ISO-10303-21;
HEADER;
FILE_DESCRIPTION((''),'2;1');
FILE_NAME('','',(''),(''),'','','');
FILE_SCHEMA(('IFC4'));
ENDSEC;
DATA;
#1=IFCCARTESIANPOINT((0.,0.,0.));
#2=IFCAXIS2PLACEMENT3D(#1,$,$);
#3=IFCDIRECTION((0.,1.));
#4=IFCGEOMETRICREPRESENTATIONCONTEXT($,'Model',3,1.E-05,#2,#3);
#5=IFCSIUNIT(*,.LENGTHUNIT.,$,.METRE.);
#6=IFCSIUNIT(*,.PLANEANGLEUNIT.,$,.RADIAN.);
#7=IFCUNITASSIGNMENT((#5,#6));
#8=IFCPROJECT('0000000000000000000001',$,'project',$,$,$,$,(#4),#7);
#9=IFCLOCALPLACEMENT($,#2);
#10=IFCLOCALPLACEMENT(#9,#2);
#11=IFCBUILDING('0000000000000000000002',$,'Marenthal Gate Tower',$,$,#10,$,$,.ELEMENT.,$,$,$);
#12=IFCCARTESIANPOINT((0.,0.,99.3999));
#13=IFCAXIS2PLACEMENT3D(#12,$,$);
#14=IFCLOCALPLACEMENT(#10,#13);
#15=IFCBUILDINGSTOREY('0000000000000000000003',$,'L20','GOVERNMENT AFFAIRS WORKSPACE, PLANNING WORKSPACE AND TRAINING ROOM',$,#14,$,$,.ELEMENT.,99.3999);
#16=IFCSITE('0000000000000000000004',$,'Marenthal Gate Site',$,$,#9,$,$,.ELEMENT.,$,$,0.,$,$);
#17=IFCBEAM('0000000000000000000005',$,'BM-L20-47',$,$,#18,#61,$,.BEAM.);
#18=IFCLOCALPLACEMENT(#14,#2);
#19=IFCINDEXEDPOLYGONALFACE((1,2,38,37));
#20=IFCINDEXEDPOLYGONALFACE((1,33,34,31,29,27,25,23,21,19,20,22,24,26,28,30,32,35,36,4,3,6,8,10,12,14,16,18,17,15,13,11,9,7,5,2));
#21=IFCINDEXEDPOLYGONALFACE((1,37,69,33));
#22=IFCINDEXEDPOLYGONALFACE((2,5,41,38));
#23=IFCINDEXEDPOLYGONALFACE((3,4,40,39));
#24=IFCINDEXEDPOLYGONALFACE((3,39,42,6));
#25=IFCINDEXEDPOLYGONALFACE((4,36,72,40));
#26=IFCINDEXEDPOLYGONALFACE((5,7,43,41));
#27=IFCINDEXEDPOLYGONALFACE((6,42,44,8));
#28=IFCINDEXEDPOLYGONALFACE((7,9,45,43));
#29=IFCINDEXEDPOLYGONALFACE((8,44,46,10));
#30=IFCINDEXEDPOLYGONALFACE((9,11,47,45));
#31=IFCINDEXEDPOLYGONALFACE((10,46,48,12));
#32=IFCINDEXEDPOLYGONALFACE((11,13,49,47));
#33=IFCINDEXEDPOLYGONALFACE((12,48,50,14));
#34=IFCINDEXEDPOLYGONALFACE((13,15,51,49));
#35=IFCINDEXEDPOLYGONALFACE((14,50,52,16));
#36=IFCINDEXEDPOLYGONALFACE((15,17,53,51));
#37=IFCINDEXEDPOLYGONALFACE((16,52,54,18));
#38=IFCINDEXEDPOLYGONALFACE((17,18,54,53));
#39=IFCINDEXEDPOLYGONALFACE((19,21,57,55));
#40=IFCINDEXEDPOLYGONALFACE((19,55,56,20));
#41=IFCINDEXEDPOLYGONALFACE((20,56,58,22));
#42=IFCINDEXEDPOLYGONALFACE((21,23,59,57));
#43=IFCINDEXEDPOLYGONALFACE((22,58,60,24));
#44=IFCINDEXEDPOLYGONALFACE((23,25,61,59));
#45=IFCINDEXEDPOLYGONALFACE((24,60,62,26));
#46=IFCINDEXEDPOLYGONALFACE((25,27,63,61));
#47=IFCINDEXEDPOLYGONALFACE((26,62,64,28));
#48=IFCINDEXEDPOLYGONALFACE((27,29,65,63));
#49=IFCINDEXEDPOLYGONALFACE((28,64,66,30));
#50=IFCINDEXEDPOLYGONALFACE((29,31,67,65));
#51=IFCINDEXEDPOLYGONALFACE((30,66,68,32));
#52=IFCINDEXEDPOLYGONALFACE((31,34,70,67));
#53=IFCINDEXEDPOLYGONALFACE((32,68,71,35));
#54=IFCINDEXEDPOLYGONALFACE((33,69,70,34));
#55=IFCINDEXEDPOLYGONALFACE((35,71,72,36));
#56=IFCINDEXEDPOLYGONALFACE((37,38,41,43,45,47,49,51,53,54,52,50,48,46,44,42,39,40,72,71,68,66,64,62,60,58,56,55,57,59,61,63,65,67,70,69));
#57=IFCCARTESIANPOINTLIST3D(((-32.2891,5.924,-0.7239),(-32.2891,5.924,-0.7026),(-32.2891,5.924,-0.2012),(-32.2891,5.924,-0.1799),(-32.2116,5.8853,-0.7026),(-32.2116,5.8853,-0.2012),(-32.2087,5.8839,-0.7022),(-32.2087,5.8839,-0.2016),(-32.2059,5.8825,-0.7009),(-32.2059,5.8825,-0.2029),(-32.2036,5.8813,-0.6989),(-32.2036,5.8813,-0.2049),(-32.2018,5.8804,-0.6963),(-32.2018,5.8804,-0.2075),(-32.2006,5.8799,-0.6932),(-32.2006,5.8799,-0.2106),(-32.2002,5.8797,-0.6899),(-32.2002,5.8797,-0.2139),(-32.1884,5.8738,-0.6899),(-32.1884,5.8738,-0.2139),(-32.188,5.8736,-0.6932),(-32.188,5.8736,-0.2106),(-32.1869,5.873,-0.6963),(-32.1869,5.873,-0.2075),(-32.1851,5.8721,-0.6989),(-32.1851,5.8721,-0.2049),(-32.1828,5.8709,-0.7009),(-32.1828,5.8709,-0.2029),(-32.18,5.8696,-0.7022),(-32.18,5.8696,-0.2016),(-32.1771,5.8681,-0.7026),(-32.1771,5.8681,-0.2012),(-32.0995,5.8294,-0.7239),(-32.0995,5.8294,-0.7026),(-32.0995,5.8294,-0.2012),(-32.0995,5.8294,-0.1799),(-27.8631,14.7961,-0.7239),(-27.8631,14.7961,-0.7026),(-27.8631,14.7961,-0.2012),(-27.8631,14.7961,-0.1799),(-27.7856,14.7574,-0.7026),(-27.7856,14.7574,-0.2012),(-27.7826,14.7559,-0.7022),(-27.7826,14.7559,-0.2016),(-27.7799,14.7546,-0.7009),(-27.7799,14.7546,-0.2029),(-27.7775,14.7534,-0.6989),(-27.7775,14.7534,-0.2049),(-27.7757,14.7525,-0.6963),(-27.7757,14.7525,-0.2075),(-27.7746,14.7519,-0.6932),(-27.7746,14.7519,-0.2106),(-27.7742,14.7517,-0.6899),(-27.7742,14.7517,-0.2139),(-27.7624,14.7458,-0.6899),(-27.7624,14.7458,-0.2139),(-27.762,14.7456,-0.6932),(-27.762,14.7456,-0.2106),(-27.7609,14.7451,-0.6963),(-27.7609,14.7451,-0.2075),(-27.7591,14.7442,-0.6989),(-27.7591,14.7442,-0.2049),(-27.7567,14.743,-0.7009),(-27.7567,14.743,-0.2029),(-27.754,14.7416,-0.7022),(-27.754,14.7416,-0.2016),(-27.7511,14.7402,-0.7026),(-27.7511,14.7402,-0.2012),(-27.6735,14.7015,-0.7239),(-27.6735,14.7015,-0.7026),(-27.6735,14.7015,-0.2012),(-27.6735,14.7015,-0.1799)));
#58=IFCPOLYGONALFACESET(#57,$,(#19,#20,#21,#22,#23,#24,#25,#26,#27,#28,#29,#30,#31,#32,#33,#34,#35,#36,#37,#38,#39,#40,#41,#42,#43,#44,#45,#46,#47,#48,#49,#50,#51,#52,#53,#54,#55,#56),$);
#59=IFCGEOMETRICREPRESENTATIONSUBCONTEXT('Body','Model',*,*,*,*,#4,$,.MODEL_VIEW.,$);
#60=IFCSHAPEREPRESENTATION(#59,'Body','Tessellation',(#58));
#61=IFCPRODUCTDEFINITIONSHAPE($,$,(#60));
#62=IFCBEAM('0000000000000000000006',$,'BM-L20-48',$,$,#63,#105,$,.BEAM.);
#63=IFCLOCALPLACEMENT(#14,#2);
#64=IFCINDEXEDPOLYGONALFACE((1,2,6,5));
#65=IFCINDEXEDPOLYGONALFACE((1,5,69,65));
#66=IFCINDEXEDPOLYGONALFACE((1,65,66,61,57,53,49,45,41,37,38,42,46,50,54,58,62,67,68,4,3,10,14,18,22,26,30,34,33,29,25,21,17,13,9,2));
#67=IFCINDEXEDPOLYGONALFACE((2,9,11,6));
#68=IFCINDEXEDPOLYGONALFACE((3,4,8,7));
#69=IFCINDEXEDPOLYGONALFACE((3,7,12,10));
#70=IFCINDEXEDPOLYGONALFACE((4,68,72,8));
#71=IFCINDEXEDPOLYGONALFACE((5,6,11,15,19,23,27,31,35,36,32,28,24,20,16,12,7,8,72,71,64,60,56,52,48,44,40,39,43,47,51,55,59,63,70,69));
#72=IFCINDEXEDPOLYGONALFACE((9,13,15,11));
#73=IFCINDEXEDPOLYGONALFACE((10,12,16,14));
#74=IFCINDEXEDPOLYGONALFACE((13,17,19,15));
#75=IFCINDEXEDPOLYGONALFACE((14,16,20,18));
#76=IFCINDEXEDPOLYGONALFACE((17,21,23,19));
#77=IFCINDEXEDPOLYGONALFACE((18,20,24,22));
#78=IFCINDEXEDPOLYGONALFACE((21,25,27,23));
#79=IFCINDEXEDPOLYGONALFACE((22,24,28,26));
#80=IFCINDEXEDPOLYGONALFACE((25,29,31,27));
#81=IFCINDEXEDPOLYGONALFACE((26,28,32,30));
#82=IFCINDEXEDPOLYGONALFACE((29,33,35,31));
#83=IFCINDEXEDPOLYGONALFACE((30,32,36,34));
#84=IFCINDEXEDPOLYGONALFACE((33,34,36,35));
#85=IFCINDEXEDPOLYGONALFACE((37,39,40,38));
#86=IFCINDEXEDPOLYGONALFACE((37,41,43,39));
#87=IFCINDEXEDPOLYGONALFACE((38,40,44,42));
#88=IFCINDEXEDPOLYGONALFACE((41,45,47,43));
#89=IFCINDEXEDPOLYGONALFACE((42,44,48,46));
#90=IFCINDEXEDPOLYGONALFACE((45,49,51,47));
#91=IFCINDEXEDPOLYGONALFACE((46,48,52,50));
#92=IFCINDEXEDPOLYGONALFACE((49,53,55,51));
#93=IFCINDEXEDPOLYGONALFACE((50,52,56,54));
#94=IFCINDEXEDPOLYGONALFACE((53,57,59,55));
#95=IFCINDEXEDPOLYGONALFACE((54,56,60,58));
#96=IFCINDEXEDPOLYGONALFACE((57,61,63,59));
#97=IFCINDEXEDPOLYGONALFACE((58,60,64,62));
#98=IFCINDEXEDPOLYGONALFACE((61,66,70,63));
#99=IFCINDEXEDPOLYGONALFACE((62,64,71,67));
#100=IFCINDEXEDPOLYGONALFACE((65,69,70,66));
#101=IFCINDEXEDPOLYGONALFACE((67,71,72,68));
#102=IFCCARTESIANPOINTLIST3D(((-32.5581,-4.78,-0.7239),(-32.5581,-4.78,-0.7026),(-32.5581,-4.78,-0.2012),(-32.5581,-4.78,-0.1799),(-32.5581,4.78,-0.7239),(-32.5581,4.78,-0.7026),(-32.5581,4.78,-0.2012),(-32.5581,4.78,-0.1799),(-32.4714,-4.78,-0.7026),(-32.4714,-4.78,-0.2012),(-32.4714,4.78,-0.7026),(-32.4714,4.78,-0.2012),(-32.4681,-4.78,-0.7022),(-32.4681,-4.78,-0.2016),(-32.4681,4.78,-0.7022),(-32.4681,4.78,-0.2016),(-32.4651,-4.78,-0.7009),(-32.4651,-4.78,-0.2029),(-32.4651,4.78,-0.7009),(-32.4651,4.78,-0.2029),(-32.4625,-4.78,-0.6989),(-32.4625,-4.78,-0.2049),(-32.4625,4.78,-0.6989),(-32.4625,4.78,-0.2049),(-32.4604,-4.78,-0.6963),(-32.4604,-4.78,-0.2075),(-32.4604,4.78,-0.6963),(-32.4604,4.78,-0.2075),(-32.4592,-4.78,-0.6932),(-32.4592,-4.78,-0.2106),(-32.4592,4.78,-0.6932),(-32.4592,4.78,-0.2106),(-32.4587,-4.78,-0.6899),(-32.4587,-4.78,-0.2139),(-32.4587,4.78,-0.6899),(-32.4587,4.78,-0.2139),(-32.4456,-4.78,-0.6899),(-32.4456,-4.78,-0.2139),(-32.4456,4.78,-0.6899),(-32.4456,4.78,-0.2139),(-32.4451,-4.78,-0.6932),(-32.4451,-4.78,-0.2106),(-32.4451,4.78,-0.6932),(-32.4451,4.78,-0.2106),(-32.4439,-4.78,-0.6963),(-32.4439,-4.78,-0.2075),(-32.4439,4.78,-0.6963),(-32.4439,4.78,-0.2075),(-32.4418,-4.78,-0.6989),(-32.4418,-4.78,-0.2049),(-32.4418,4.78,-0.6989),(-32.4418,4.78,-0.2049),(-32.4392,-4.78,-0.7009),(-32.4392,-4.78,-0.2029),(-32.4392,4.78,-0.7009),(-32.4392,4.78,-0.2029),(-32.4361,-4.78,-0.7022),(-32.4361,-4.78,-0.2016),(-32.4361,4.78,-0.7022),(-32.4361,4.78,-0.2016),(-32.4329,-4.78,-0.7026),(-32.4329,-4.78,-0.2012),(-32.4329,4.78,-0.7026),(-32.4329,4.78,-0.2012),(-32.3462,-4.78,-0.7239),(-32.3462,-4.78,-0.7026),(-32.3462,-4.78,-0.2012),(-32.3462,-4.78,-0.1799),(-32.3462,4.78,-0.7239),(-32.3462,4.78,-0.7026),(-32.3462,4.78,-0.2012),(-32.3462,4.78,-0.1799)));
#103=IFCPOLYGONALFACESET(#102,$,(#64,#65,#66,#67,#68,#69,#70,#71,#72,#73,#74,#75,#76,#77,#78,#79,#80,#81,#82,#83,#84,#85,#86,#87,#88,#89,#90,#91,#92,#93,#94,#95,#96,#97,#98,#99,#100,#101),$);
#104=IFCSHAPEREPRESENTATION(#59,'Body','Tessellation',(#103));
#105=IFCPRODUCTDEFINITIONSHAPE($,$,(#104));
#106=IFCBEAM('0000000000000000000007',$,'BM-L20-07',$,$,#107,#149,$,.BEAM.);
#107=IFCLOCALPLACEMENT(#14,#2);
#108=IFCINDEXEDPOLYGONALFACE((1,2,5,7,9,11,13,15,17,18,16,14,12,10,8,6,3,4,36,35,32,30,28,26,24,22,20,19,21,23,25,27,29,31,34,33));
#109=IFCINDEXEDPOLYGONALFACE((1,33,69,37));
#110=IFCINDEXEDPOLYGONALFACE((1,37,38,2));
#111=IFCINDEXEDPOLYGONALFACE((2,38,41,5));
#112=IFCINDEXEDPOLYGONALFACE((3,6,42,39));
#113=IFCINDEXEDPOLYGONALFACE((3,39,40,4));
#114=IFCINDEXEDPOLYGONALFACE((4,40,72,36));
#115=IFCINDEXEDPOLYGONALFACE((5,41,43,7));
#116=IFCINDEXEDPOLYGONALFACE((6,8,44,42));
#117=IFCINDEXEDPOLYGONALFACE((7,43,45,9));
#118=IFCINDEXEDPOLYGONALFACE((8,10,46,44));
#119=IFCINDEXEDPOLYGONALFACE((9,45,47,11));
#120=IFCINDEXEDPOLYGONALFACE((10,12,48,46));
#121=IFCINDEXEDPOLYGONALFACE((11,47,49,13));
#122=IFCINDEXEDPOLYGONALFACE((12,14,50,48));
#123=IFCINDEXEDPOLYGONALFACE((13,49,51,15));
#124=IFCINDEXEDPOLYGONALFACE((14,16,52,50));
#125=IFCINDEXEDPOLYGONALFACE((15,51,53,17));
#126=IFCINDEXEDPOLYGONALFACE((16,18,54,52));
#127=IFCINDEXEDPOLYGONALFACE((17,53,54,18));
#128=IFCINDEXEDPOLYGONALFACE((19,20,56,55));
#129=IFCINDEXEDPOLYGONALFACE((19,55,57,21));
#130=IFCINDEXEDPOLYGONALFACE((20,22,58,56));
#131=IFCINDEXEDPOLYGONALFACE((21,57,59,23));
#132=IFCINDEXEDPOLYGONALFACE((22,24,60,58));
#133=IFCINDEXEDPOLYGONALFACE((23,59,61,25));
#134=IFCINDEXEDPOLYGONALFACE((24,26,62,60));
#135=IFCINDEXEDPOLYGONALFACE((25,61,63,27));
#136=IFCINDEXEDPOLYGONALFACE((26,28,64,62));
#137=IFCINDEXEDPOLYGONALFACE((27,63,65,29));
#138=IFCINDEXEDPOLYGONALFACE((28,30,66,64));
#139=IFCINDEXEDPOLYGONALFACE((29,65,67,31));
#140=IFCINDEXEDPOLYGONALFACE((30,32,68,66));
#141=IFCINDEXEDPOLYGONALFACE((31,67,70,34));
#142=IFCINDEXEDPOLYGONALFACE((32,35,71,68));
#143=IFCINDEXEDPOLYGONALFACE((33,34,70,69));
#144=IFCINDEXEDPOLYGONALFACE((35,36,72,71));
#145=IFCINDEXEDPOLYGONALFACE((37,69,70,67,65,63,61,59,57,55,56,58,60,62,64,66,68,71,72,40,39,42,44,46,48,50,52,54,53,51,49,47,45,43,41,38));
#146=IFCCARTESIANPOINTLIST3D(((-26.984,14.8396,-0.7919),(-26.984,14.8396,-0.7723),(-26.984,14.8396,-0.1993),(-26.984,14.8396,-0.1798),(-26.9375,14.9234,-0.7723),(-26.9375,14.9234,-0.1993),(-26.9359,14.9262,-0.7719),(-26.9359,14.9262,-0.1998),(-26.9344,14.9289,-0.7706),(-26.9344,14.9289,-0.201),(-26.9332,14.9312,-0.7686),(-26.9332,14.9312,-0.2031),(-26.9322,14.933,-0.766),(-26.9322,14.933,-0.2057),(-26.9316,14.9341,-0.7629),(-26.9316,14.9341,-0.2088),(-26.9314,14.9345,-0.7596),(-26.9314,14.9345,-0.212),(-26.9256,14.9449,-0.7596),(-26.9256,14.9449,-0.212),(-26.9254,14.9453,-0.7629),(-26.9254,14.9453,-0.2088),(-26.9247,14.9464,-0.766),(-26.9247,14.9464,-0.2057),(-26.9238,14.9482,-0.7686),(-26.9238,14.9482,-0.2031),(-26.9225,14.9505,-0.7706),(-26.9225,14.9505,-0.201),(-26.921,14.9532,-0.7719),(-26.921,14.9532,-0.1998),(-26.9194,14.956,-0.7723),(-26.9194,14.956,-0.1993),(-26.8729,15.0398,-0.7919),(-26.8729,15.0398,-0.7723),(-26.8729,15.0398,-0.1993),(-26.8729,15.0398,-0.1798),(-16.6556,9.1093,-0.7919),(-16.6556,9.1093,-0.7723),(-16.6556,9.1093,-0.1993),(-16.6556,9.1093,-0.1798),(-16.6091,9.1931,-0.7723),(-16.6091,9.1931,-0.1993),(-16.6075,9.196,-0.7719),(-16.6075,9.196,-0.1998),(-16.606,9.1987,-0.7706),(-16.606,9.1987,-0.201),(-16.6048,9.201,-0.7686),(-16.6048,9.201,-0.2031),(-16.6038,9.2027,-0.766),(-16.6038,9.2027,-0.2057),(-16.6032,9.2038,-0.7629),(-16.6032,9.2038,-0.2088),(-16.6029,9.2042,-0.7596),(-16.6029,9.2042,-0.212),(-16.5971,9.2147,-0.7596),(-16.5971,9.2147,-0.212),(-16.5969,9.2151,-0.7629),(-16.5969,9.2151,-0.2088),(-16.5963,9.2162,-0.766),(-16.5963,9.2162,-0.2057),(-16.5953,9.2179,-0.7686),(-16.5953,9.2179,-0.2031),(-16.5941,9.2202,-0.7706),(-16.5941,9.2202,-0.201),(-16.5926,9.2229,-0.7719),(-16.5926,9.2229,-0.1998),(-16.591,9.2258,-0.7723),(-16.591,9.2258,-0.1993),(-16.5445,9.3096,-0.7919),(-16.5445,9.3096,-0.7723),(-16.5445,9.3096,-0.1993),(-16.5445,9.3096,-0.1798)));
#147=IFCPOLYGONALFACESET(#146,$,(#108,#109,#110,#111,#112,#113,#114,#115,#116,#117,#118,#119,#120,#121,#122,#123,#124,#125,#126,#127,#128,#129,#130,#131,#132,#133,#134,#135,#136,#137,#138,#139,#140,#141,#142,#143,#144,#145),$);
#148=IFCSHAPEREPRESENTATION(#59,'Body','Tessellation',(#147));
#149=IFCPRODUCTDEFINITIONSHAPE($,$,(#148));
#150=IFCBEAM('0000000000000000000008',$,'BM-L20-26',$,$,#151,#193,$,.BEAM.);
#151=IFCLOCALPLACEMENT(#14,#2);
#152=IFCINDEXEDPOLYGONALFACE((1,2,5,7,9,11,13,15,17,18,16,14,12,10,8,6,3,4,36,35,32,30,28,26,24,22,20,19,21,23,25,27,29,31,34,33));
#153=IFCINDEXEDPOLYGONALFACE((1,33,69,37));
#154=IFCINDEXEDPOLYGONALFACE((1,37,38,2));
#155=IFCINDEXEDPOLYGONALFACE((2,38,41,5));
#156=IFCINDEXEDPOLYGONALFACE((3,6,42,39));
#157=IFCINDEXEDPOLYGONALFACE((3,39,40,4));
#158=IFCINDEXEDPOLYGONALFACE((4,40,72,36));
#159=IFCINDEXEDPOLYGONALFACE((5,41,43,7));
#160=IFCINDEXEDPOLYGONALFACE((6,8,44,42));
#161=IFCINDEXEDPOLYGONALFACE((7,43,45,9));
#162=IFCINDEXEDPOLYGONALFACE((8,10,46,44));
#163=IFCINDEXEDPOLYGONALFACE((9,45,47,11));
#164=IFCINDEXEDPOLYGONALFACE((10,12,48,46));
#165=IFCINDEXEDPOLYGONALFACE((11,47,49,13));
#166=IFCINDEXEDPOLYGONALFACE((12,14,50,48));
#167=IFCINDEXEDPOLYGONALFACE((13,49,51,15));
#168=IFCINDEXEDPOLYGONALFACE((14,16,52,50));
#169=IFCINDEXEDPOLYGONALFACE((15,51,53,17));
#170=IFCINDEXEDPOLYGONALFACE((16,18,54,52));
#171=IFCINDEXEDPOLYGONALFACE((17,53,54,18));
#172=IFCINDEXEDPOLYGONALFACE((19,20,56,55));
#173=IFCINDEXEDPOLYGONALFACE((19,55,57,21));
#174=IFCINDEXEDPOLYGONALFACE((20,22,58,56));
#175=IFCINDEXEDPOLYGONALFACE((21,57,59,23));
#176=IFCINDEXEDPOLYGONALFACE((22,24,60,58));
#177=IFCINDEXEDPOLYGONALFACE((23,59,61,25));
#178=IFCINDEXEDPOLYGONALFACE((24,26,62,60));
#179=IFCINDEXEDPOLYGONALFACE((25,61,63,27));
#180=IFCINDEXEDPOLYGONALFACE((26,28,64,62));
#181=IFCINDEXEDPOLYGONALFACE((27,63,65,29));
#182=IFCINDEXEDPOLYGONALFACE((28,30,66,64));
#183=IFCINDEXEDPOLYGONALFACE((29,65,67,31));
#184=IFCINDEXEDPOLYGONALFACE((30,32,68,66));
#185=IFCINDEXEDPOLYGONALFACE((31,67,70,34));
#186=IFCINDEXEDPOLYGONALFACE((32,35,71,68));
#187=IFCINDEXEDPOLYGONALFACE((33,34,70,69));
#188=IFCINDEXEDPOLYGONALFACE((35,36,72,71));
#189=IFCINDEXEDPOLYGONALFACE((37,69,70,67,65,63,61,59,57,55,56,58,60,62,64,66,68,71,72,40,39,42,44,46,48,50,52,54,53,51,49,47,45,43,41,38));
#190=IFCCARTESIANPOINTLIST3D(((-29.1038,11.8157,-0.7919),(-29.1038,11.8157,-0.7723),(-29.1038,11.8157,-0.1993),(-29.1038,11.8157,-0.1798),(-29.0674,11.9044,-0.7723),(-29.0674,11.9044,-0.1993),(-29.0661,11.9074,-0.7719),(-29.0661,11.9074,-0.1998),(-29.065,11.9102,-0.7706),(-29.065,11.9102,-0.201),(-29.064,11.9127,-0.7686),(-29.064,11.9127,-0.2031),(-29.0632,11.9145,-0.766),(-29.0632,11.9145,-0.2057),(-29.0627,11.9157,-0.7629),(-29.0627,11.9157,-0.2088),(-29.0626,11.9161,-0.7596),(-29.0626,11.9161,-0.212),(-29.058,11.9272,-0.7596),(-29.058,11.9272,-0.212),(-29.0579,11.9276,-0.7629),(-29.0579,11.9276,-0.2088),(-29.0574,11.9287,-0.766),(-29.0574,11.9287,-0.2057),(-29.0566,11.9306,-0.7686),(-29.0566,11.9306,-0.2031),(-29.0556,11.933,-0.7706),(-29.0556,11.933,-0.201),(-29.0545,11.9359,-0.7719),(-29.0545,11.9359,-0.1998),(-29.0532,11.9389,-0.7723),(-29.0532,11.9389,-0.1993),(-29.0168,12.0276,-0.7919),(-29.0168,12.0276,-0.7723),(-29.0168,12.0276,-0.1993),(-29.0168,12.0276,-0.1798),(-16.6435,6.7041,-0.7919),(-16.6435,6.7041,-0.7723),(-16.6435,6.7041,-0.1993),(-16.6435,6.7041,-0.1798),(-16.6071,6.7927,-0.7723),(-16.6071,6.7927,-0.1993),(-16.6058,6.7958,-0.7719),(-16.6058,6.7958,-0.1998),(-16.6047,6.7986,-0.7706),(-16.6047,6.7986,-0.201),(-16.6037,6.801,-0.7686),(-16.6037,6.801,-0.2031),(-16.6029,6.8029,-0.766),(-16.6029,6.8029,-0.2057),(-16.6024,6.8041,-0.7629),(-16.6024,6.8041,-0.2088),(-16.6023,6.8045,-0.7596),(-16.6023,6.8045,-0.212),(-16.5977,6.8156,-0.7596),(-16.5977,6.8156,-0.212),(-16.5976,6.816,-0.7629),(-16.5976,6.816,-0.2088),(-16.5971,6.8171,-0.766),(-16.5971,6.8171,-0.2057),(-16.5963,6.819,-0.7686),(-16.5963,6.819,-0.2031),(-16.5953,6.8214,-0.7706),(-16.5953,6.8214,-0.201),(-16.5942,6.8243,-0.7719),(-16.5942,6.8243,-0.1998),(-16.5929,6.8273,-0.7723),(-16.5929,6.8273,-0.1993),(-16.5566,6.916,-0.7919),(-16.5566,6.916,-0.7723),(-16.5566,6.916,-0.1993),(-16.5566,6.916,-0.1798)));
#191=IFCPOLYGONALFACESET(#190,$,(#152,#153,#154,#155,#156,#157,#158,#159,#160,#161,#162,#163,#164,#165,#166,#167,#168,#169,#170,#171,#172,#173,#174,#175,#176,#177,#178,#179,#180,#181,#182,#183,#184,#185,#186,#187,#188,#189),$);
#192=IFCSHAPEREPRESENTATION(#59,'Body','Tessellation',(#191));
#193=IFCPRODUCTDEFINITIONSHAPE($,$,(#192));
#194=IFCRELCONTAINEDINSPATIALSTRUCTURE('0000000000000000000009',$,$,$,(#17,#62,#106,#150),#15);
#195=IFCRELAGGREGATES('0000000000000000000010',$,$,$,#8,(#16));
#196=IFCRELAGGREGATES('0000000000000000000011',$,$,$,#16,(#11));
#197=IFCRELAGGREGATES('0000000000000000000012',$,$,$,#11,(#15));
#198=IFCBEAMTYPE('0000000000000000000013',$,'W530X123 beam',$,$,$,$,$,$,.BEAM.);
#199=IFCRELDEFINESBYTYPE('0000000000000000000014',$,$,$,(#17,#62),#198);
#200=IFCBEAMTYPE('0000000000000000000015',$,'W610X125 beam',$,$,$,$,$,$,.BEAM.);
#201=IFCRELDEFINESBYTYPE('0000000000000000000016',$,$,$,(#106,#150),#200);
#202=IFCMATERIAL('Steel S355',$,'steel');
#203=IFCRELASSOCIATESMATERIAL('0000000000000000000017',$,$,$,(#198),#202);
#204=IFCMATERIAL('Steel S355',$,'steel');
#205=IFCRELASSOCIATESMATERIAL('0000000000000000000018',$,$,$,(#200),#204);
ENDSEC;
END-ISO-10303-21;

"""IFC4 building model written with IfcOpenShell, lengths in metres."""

from ifc_helpers import new_model, si_unit, direction, frame, origin, origin_2d, place, context, subcontext, project, spatial, i_section, extrude, material, material_profile, profile_set, type_object, element, save


model = new_model("IFC4")

# Units and contexts
model_context = context("Model", 3, precision=1e-05, world=origin(), true_north=direction((0.0, 1.0)))
body_context = subcontext(model_context, "Body", "Model", "MODEL_VIEW")
ifc_project = project(units=[si_unit("LENGTHUNIT", "METRE"), si_unit("PLANEANGLEUNIT", "RADIAN")], contexts=[model_context])

# Site, building, storey
site_placement = place(None, origin())
site = spatial("IfcSite", under=ifc_project, at=site_placement, Name="Marenthal Gate Site", CompositionType="ELEMENT", RefElevation=0.0)
building_placement = place(site_placement, origin())
building = spatial("IfcBuilding", under=site, at=building_placement, Name="Marenthal Gate Tower", CompositionType="ELEMENT")
storey_placement = place(building_placement, frame((0.0, 0.0, 99.3999)))
storey = spatial("IfcBuildingStorey", under=building, at=storey_placement, Name="L20", Description="GOVERNMENT AFFAIRS WORKSPACE, PLANNING WORKSPACE AND TRAINING ROOM", CompositionType="ELEMENT", Elevation=99.3999)

# Beams
ifc_material_1 = material(Name="Steel S355", Category="steel")
ifc_material_profile_1 = material_profile(ifc_material_1, i_section(OverallWidth=0.2119, OverallDepth=0.5439, WebThickness=0.0132, FlangeThickness=0.0212, FilletRadius=0.0127, at=origin_2d()), Name="W530X123")
ifc_profile_set_1 = profile_set([ifc_material_profile_1], Name="Steel S355")
beam_type_1 = type_object("IfcBeamType", Name="W530X123 beam", PredefinedType="BEAM", material=ifc_profile_set_1)
beam_1_placement = place(storey_placement, frame((-27.7683, 14.7488, -0.4519), z_axis=(-0.446406, -0.894831, 0.0), x_axis=(0.894831, -0.446406, 0.0)))
element("IfcBeam", 1, at=beam_1_placement, inside=storey, type_object=beam_type_1, Name="BM-L20-47", PredefinedType="BEAM", context=body_context, shape_type="SweptSolid", body=[
    extrude(i_section(OverallWidth=0.2119, OverallDepth=0.5439, WebThickness=0.0132, FlangeThickness=0.0212, FilletRadius=0.0127, at=origin_2d()), origin(), (0.0, 0.0, 1.0), 9.9148),
])
beam_2_placement = place(storey_placement, frame((-32.4521, 4.78, -0.4519), z_axis=(0.0, -1.0, 0.0), x_axis=(1.0, 0.0, 0.0)))
element("IfcBeam", 2, at=beam_2_placement, inside=storey, type_object=beam_type_1, Name="BM-L20-48", PredefinedType="BEAM", context=body_context, shape_type="SweptSolid", body=[
    extrude(i_section(OverallWidth=0.2119, OverallDepth=0.5439, WebThickness=0.0132, FlangeThickness=0.0212, FilletRadius=0.0127, at=origin_2d()), origin(), (0.0, 0.0, 1.0), 9.5601),
])
ifc_material_2 = material(Name="Steel S355", Category="steel")
ifc_material_profile_2 = material_profile(ifc_material_2, i_section(OverallWidth=0.229, OverallDepth=0.6121, WebThickness=0.012, FlangeThickness=0.0195, FilletRadius=0.0127, at=origin_2d()), Name="W610X125")
ifc_profile_set_2 = profile_set([ifc_material_profile_2], Name="Steel S355")
beam_type_2 = type_object("IfcBeamType", Name="W610X125 beam", PredefinedType="BEAM", material=ifc_profile_set_2)
beam_3_placement = place(storey_placement, frame((-26.9285, 14.9397, -0.4858), z_axis=(0.874436, -0.485141, 0.0), x_axis=(0.485141, 0.874436, 0.0)))
element("IfcBeam", 3, at=beam_3_placement, inside=storey, type_object=beam_type_2, Name="BM-L20-07", PredefinedType="BEAM", context=body_context, shape_type="SweptSolid", body=[
    extrude(i_section(OverallWidth=0.229, OverallDepth=0.6121, WebThickness=0.012, FlangeThickness=0.0195, FilletRadius=0.0127, at=origin_2d()), origin(), (0.0, 0.0, 1.0), 11.8115),
])
beam_4_placement = place(storey_placement, frame((-29.0603, 11.9216, -0.4858), z_axis=(0.925177, -0.379537, 0.0), x_axis=(0.379537, 0.925177, 0.0)))
element("IfcBeam", 4, at=beam_4_placement, inside=storey, type_object=beam_type_2, Name="BM-L20-26", PredefinedType="BEAM", context=body_context, shape_type="SweptSolid", body=[
    extrude(i_section(OverallWidth=0.229, OverallDepth=0.6121, WebThickness=0.012, FlangeThickness=0.0195, FilletRadius=0.0127, at=origin_2d()), origin(), (0.0, 0.0, 1.0), 13.468),
])

save(model, "model.ifc")
